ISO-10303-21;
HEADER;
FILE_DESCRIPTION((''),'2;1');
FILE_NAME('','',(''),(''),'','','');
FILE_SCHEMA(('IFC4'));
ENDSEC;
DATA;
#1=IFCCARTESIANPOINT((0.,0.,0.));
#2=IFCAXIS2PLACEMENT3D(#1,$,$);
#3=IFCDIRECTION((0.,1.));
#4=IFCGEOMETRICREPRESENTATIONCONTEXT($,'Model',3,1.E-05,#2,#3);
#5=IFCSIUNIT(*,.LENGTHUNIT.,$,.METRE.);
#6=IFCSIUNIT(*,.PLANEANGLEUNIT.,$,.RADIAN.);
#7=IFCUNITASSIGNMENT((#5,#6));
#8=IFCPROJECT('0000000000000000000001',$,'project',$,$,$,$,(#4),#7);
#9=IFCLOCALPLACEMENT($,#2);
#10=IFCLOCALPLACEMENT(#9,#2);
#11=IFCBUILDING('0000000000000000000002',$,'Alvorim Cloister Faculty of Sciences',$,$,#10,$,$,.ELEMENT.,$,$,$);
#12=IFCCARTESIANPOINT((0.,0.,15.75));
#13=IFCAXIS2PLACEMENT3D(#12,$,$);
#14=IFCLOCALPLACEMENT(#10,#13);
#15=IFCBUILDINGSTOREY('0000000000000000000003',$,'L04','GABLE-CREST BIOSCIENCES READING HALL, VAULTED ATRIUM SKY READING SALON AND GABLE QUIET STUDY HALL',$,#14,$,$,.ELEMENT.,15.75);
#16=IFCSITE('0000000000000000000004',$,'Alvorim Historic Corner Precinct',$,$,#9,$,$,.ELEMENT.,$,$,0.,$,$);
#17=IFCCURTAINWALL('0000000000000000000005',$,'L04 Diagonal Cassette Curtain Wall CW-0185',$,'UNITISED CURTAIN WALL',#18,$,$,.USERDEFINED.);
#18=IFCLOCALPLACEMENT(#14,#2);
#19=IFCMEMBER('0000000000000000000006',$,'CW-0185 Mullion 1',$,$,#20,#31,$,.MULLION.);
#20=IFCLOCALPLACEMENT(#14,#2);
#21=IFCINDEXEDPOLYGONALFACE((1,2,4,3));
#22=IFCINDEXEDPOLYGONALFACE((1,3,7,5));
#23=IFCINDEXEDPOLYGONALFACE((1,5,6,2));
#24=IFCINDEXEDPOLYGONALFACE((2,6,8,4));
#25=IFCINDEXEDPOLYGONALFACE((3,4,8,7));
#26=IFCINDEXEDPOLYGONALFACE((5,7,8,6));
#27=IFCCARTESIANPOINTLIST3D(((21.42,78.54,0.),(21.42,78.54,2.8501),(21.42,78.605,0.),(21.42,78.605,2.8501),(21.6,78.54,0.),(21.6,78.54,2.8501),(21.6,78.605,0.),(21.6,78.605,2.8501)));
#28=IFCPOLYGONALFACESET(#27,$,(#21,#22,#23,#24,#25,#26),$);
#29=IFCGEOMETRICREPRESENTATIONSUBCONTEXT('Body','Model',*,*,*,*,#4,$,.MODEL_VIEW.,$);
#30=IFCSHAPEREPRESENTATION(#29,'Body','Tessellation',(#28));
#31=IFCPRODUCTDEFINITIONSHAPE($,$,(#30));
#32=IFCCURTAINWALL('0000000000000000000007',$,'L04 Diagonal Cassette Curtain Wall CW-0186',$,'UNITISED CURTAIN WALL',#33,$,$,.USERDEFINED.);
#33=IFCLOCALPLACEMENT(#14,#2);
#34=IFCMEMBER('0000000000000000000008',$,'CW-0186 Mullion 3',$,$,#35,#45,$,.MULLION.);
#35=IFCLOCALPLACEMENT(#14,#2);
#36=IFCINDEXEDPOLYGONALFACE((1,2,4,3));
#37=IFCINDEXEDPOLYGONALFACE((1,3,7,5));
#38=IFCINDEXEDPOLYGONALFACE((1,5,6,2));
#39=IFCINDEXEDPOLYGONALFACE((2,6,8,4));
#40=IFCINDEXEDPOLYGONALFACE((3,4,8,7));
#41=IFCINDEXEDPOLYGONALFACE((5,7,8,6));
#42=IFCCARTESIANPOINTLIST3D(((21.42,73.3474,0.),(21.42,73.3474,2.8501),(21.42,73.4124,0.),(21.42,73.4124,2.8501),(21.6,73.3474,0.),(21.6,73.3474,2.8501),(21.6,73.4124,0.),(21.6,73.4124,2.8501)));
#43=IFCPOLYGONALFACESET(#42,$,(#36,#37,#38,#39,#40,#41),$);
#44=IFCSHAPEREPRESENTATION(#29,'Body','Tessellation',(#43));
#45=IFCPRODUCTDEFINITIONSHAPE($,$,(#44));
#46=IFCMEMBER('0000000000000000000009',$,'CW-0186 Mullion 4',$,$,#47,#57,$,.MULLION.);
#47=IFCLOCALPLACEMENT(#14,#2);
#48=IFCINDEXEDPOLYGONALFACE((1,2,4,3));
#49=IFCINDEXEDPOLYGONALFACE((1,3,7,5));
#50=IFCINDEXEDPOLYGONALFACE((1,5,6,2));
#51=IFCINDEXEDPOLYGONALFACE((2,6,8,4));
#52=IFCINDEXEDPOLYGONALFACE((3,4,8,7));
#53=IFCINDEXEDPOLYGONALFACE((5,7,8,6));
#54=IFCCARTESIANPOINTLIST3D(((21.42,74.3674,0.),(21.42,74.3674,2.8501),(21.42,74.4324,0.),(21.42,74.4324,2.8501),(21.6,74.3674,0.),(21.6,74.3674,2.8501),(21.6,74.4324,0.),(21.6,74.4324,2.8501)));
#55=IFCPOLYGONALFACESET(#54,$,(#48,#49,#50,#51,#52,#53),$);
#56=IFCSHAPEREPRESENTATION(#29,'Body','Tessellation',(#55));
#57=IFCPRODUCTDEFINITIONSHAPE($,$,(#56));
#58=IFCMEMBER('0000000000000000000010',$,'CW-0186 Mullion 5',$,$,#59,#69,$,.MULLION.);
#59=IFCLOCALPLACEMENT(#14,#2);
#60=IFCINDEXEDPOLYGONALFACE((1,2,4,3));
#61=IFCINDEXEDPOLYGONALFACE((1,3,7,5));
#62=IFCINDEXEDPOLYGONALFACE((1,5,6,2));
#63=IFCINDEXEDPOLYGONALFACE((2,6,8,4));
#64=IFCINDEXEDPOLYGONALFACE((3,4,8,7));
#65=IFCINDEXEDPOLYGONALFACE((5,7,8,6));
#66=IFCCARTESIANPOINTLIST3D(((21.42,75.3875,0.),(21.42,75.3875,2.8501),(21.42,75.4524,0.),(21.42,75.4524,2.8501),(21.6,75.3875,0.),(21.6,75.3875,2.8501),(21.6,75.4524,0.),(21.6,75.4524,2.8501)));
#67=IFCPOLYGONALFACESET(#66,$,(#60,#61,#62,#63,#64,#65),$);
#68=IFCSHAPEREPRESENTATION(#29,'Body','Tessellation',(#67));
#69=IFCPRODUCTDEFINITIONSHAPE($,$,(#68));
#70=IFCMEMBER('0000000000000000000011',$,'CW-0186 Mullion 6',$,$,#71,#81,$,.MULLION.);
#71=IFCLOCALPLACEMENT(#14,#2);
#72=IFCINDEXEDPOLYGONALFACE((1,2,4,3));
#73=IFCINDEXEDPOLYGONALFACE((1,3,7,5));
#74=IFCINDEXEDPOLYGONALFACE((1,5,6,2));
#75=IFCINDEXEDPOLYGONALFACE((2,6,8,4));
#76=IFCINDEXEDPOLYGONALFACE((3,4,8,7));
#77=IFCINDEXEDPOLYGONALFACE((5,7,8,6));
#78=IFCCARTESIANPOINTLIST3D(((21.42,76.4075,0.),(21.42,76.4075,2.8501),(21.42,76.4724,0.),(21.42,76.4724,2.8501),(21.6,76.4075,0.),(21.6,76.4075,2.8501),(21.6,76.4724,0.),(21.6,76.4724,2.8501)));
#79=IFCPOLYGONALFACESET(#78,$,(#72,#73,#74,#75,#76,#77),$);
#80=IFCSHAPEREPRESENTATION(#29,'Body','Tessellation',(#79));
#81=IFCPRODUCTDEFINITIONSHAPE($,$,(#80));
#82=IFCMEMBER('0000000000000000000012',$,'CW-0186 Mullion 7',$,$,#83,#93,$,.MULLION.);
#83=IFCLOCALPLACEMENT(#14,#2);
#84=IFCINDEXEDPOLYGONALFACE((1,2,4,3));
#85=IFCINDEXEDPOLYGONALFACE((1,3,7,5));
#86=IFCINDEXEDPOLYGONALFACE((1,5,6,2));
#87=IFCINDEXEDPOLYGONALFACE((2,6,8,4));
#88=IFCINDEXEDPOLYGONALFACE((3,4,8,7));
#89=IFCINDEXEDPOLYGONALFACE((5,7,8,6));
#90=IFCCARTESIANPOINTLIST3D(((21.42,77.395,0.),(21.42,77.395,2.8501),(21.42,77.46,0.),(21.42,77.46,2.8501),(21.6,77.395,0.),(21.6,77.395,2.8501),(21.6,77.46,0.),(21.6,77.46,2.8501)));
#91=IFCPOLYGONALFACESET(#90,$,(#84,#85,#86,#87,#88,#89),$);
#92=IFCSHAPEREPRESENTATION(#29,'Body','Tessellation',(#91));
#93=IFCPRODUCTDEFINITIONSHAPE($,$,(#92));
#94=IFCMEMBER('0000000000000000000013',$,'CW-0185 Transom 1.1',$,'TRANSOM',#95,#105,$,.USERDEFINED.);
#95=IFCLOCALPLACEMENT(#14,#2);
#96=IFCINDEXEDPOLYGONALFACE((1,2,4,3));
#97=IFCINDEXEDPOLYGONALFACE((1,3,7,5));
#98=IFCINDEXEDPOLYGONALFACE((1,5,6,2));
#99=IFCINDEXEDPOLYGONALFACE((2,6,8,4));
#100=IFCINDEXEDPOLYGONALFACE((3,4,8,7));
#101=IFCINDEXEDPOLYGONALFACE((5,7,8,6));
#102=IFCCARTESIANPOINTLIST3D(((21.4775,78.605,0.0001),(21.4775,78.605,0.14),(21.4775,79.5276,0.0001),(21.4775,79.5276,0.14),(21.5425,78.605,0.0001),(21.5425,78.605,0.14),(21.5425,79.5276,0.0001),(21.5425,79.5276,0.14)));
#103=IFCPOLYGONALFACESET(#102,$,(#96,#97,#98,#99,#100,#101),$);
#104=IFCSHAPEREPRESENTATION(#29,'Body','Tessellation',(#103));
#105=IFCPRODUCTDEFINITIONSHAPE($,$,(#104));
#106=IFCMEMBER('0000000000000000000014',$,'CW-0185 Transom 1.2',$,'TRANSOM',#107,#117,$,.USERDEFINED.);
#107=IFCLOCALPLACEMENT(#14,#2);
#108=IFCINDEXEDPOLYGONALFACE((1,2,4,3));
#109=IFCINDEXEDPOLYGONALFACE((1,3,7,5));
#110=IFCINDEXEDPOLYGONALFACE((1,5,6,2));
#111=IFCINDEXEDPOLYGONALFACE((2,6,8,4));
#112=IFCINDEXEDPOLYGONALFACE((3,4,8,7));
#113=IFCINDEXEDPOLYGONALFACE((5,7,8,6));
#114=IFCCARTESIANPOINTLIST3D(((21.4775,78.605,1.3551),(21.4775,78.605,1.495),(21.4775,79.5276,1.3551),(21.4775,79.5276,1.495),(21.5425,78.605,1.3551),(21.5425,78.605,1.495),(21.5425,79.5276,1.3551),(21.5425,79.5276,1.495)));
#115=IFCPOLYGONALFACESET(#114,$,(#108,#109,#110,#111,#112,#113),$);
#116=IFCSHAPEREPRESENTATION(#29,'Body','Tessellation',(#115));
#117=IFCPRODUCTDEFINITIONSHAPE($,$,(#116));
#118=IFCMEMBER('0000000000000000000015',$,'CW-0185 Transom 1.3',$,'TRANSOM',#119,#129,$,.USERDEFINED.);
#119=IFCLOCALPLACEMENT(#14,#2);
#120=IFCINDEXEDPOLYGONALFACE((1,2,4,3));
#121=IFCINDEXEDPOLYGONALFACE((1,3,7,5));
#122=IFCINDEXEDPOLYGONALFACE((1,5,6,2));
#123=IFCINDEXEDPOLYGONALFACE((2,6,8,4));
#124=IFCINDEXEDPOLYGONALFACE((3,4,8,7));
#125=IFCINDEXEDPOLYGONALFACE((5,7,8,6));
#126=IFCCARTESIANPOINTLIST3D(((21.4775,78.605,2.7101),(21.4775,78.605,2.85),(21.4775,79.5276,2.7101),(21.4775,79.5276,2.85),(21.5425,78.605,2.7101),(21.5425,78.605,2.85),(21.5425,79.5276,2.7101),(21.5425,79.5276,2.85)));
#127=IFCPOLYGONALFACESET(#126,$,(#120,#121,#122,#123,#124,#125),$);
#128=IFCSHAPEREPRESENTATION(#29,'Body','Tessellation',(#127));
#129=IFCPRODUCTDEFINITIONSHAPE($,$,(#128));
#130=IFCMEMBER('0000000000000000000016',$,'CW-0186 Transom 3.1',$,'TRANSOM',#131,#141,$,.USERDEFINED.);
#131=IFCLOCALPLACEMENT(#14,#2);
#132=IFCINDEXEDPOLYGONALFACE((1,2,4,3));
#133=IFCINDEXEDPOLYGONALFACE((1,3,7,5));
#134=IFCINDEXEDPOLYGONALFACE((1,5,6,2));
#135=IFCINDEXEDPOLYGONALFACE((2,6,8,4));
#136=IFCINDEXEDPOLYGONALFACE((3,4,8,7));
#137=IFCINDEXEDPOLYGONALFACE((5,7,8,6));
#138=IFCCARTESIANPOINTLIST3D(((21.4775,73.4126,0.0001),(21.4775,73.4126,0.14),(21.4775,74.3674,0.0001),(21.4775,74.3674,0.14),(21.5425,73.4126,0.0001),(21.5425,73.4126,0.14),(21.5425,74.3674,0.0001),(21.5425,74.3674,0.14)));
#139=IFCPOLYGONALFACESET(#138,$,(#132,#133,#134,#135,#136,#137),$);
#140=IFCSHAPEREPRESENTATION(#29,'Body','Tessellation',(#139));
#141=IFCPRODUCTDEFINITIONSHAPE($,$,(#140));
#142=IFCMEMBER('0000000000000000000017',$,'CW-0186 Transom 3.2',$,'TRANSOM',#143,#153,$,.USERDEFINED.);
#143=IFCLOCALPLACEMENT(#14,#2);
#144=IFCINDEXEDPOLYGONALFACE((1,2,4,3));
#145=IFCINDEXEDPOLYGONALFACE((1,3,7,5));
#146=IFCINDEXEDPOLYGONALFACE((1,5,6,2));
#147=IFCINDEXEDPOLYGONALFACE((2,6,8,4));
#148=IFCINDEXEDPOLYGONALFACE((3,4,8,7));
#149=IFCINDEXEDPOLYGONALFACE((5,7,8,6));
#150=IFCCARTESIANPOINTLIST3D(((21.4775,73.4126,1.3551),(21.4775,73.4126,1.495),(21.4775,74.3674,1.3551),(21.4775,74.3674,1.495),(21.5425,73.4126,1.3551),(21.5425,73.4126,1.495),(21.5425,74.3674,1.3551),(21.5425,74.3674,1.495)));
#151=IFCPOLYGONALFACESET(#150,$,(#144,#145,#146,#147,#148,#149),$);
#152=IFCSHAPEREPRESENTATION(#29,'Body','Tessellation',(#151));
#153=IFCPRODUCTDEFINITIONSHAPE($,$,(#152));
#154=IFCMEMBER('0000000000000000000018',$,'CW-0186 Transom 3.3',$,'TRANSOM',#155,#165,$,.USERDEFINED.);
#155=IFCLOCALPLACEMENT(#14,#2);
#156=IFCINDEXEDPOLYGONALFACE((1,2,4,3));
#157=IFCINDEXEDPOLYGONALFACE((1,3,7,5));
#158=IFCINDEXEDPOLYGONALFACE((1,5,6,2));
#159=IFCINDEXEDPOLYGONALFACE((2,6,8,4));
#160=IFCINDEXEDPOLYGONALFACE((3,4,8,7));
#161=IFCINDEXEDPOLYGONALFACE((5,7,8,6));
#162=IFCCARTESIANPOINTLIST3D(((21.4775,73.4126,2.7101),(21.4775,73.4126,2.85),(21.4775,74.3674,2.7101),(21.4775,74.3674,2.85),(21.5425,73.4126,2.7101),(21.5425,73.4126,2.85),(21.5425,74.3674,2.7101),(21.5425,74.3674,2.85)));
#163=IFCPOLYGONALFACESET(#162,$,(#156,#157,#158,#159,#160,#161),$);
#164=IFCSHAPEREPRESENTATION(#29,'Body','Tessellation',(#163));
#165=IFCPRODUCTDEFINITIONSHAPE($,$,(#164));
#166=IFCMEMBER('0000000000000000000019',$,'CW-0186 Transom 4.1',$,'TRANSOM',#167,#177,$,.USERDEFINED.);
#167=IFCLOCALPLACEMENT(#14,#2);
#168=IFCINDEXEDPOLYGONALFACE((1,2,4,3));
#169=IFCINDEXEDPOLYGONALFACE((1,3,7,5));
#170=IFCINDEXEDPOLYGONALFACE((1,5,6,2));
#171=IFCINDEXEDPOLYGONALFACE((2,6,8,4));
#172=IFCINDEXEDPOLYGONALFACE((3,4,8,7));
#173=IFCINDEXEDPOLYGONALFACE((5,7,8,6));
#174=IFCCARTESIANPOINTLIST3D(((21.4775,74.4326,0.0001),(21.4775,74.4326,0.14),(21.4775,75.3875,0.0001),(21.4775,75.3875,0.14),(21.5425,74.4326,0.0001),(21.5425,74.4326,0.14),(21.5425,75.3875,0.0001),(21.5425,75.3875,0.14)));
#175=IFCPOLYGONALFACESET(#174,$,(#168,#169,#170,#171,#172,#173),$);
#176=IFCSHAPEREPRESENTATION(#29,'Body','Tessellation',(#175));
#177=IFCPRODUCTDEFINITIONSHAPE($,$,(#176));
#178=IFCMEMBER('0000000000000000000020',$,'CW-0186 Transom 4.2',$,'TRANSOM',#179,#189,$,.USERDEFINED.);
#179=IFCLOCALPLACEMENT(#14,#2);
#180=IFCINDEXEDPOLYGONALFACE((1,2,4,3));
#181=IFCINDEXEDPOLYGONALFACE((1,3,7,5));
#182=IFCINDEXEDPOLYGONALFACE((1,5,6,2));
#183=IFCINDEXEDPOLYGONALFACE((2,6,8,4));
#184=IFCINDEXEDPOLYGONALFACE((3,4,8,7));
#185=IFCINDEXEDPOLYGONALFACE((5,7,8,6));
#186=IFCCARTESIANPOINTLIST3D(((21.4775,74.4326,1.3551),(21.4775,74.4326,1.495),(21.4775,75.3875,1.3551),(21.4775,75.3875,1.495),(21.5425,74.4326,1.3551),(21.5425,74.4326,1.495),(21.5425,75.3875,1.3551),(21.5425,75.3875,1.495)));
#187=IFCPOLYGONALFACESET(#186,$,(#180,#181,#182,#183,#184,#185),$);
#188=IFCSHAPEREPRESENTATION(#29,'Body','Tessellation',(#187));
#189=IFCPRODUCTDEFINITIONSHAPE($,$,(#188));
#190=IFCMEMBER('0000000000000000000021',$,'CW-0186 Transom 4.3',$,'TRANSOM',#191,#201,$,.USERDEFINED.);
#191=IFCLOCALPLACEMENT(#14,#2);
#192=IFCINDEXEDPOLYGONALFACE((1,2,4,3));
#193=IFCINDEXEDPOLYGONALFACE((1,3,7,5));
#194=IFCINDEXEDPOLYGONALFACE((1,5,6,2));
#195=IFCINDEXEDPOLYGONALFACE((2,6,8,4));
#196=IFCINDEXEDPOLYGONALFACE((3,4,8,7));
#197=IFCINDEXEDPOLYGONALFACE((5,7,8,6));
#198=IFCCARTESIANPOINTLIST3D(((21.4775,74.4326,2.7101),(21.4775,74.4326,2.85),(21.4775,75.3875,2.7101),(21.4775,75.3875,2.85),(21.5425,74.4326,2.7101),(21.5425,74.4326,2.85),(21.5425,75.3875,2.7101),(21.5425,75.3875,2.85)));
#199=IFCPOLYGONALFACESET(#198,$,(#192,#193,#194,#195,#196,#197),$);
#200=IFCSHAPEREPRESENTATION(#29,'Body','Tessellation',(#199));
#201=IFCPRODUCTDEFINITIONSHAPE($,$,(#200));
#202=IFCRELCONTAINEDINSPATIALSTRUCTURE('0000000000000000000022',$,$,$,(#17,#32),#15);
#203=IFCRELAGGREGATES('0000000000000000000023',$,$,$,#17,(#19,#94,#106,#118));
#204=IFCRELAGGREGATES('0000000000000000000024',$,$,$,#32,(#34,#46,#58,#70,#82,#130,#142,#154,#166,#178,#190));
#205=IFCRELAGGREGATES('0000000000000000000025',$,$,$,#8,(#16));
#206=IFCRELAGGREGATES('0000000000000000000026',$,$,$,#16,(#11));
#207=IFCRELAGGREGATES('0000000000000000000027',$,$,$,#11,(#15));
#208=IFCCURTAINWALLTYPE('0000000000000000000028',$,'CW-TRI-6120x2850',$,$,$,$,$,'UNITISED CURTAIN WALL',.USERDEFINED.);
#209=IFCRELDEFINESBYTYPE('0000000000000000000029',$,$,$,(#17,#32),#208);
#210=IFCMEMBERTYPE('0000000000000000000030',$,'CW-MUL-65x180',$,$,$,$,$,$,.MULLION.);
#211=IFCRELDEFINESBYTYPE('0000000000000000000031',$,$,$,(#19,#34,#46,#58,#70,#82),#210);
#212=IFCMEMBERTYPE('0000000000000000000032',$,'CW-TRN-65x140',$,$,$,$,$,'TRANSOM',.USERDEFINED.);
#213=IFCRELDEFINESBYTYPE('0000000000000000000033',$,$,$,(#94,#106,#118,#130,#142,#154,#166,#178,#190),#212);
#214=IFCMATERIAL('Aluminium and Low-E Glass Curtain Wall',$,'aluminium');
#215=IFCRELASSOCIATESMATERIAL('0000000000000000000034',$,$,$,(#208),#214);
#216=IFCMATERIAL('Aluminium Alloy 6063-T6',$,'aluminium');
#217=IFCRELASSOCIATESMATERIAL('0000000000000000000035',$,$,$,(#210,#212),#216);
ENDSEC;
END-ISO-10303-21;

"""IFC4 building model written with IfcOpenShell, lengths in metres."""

from ifc_helpers import new_model, si_unit, direction, frame, origin, origin_2d, place, context, subcontext, project, spatial, rectangle, extrude, material, material_profile, profile_set, type_object, element, aggregate, save


model = new_model("IFC4")

# Units and contexts
model_context = context("Model", 3, precision=1e-05, world=origin(), true_north=direction((0.0, 1.0)))
body_context = subcontext(model_context, "Body", "Model", "MODEL_VIEW")
ifc_project = project(units=[si_unit("LENGTHUNIT", "METRE"), si_unit("PLANEANGLEUNIT", "RADIAN")], contexts=[model_context])

# Site, building, storey
site_placement = place(None, origin())
site = spatial("IfcSite", under=ifc_project, at=site_placement, Name="Alvorim Historic Corner Precinct", CompositionType="ELEMENT", RefElevation=0.0)
building_placement = place(site_placement, origin())
building = spatial("IfcBuilding", under=site, at=building_placement, Name="Alvorim Cloister Faculty of Sciences", CompositionType="ELEMENT")
storey_placement = place(building_placement, frame((0.0, 0.0, 15.75)))
storey = spatial("IfcBuildingStorey", under=building, at=storey_placement, Name="L04", Description="GABLE-CREST BIOSCIENCES READING HALL, VAULTED ATRIUM SKY READING SALON AND GABLE QUIET STUDY HALL", CompositionType="ELEMENT", Elevation=15.75)

# Curtain wall, member
ifc_material_1 = material(Name="Aluminium and Low-E Glass Curtain Wall", Category="aluminium")
curtain_wall_type = type_object("IfcCurtainWallType", Name="CW-TRI-6120x2850", ElementType="UNITISED CURTAIN WALL", PredefinedType="USERDEFINED", material=ifc_material_1)
curtain_wall_1_placement = place(storey_placement, origin())
curtain_wall_1 = element("IfcCurtainWall", 1, at=curtain_wall_1_placement, inside=storey, type_object=curtain_wall_type, Name="L04 Diagonal Cassette Curtain Wall CW-0185", ObjectType="UNITISED CURTAIN WALL", PredefinedType="USERDEFINED")
ifc_material_2 = material(Name="Aluminium Alloy 6063-T6", Category="aluminium")
ifc_material_profile_1 = material_profile(ifc_material_2, rectangle(XDim=0.0649, YDim=0.1799, at=origin_2d()), Name="ALU-MUL-65x180")
ifc_profile_set_1 = profile_set([ifc_material_profile_1], Name="Aluminium Alloy 6063-T6")
member_type_1 = type_object("IfcMemberType", Name="CW-MUL-65x180", PredefinedType="MULLION", material=ifc_profile_set_1)
member_1_placement = place(storey_placement, frame((21.51, 78.5725, 0.0), z_axis=(0.0, 0.0, 1.0), x_axis=(0.0, 1.0, 0.0)))
member_1 = element("IfcMember", 2, at=member_1_placement, type_object=member_type_1, Name="CW-0185 Mullion 1", PredefinedType="MULLION", context=body_context, shape_type="SweptSolid", body=[
    extrude(rectangle(XDim=0.0649, YDim=0.1799, at=origin_2d()), origin(), (0.0, 0.0, 1.0), 2.8501),
])

# Curtain wall, members
curtain_wall_2_placement = place(storey_placement, origin())
curtain_wall_2 = element("IfcCurtainWall", 3, at=curtain_wall_2_placement, inside=storey, type_object=curtain_wall_type, Name="L04 Diagonal Cassette Curtain Wall CW-0186", ObjectType="UNITISED CURTAIN WALL", PredefinedType="USERDEFINED")
member_2_placement = place(storey_placement, frame((21.51, 73.3799, 0.0), z_axis=(0.0, 0.0, 1.0), x_axis=(0.0, 1.0, 0.0)))
member_2 = element("IfcMember", 4, at=member_2_placement, type_object=member_type_1, Name="CW-0186 Mullion 3", PredefinedType="MULLION", context=body_context, shape_type="SweptSolid", body=[
    extrude(rectangle(XDim=0.0649, YDim=0.1799, at=origin_2d()), origin(), (0.0, 0.0, 1.0), 2.8501),
])
member_3_placement = place(storey_placement, frame((21.51, 74.3999, 0.0), z_axis=(0.0, 0.0, 1.0), x_axis=(0.0, 1.0, 0.0)))
member_3 = element("IfcMember", 5, at=member_3_placement, type_object=member_type_1, Name="CW-0186 Mullion 4", PredefinedType="MULLION", context=body_context, shape_type="SweptSolid", body=[
    extrude(rectangle(XDim=0.0649, YDim=0.1799, at=origin_2d()), origin(), (0.0, 0.0, 1.0), 2.8501),
])
member_4_placement = place(storey_placement, frame((21.51, 75.4199, 0.0), z_axis=(0.0, 0.0, 1.0), x_axis=(0.0, 1.0, 0.0)))
member_4 = element("IfcMember", 6, at=member_4_placement, type_object=member_type_1, Name="CW-0186 Mullion 5", PredefinedType="MULLION", context=body_context, shape_type="SweptSolid", body=[
    extrude(rectangle(XDim=0.0649, YDim=0.1799, at=origin_2d()), origin(), (0.0, 0.0, 1.0), 2.8501),
])
member_5_placement = place(storey_placement, frame((21.51, 76.4399, 0.0), z_axis=(0.0, 0.0, 1.0), x_axis=(0.0, 1.0, 0.0)))
member_5 = element("IfcMember", 7, at=member_5_placement, type_object=member_type_1, Name="CW-0186 Mullion 6", PredefinedType="MULLION", context=body_context, shape_type="SweptSolid", body=[
    extrude(rectangle(XDim=0.0649, YDim=0.1799, at=origin_2d()), origin(), (0.0, 0.0, 1.0), 2.8501),
])
member_6_placement = place(storey_placement, frame((21.51, 77.4275, 0.0), z_axis=(0.0, 0.0, 1.0), x_axis=(0.0, 1.0, 0.0)))
member_6 = element("IfcMember", 8, at=member_6_placement, type_object=member_type_1, Name="CW-0186 Mullion 7", PredefinedType="MULLION", context=body_context, shape_type="SweptSolid", body=[
    extrude(rectangle(XDim=0.0649, YDim=0.1799, at=origin_2d()), origin(), (0.0, 0.0, 1.0), 2.8501),
])

# Members
ifc_material_profile_2 = material_profile(ifc_material_2, rectangle(XDim=0.0649, YDim=0.1399, at=origin_2d()), Name="ALU-TRN-65x140")
ifc_profile_set_2 = profile_set([ifc_material_profile_2], Name="Aluminium Alloy 6063-T6")
member_type_2 = type_object("IfcMemberType", Name="CW-TRN-65x140", ElementType="TRANSOM", PredefinedType="USERDEFINED", material=ifc_profile_set_2)
member_7_placement = place(storey_placement, frame((21.51, 78.605, 0.0701), z_axis=(0.0, 1.0, 0.0), x_axis=(-1.0, 0.0, 0.0)))
member_7 = element("IfcMember", 9, at=member_7_placement, type_object=member_type_2, Name="CW-0185 Transom 1.1", ObjectType="TRANSOM", PredefinedType="USERDEFINED", context=body_context, shape_type="SweptSolid", body=[
    extrude(rectangle(XDim=0.0649, YDim=0.1399, at=origin_2d()), origin(), (0.0, 0.0, 1.0), 0.9226),
])
member_8_placement = place(storey_placement, frame((21.51, 78.605, 1.425), z_axis=(0.0, 1.0, 0.0), x_axis=(-1.0, 0.0, 0.0)))
member_8 = element("IfcMember", 10, at=member_8_placement, type_object=member_type_2, Name="CW-0185 Transom 1.2", ObjectType="TRANSOM", PredefinedType="USERDEFINED", context=body_context, shape_type="SweptSolid", body=[
    extrude(rectangle(XDim=0.0649, YDim=0.1399, at=origin_2d()), origin(), (0.0, 0.0, 1.0), 0.9226),
])
member_9_placement = place(storey_placement, frame((21.51, 78.605, 2.78), z_axis=(0.0, 1.0, 0.0), x_axis=(-1.0, 0.0, 0.0)))
member_9 = element("IfcMember", 11, at=member_9_placement, type_object=member_type_2, Name="CW-0185 Transom 1.3", ObjectType="TRANSOM", PredefinedType="USERDEFINED", context=body_context, shape_type="SweptSolid", body=[
    extrude(rectangle(XDim=0.0649, YDim=0.1399, at=origin_2d()), origin(), (0.0, 0.0, 1.0), 0.9226),
])
aggregate(curtain_wall_1, [member_1, member_7, member_8, member_9])
member_10_placement = place(storey_placement, frame((21.51, 73.4126, 0.0701), z_axis=(0.0, 1.0, 0.0), x_axis=(-1.0, 0.0, 0.0)))
member_10 = element("IfcMember", 12, at=member_10_placement, type_object=member_type_2, Name="CW-0186 Transom 3.1", ObjectType="TRANSOM", PredefinedType="USERDEFINED", context=body_context, shape_type="SweptSolid", body=[
    extrude(rectangle(XDim=0.0649, YDim=0.1399, at=origin_2d()), origin(), (0.0, 0.0, 1.0), 0.9548),
])
member_11_placement = place(storey_placement, frame((21.51, 73.4126, 1.425), z_axis=(0.0, 1.0, 0.0), x_axis=(-1.0, 0.0, 0.0)))
member_11 = element("IfcMember", 13, at=member_11_placement, type_object=member_type_2, Name="CW-0186 Transom 3.2", ObjectType="TRANSOM", PredefinedType="USERDEFINED", context=body_context, shape_type="SweptSolid", body=[
    extrude(rectangle(XDim=0.0649, YDim=0.1399, at=origin_2d()), origin(), (0.0, 0.0, 1.0), 0.9548),
])
member_12_placement = place(storey_placement, frame((21.51, 73.4126, 2.78), z_axis=(0.0, 1.0, 0.0), x_axis=(-1.0, 0.0, 0.0)))
member_12 = element("IfcMember", 14, at=member_12_placement, type_object=member_type_2, Name="CW-0186 Transom 3.3", ObjectType="TRANSOM", PredefinedType="USERDEFINED", context=body_context, shape_type="SweptSolid", body=[
    extrude(rectangle(XDim=0.0649, YDim=0.1399, at=origin_2d()), origin(), (0.0, 0.0, 1.0), 0.9548),
])
member_13_placement = place(storey_placement, frame((21.51, 74.4326, 0.0701), z_axis=(0.0, 1.0, 0.0), x_axis=(-1.0, 0.0, 0.0)))
member_13 = element("IfcMember", 15, at=member_13_placement, type_object=member_type_2, Name="CW-0186 Transom 4.1", ObjectType="TRANSOM", PredefinedType="USERDEFINED", context=body_context, shape_type="SweptSolid", body=[
    extrude(rectangle(XDim=0.0649, YDim=0.1399, at=origin_2d()), origin(), (0.0, 0.0, 1.0), 0.9548),
])
member_14_placement = place(storey_placement, frame((21.51, 74.4326, 1.425), z_axis=(0.0, 1.0, 0.0), x_axis=(-1.0, 0.0, 0.0)))
member_14 = element("IfcMember", 16, at=member_14_placement, type_object=member_type_2, Name="CW-0186 Transom 4.2", ObjectType="TRANSOM", PredefinedType="USERDEFINED", context=body_context, shape_type="SweptSolid", body=[
    extrude(rectangle(XDim=0.0649, YDim=0.1399, at=origin_2d()), origin(), (0.0, 0.0, 1.0), 0.9548),
])
member_15_placement = place(storey_placement, frame((21.51, 74.4326, 2.78), z_axis=(0.0, 1.0, 0.0), x_axis=(-1.0, 0.0, 0.0)))
member_15 = element("IfcMember", 17, at=member_15_placement, type_object=member_type_2, Name="CW-0186 Transom 4.3", ObjectType="TRANSOM", PredefinedType="USERDEFINED", context=body_context, shape_type="SweptSolid", body=[
    extrude(rectangle(XDim=0.0649, YDim=0.1399, at=origin_2d()), origin(), (0.0, 0.0, 1.0), 0.9548),
])
aggregate(curtain_wall_2, [member_2, member_3, member_4, member_5, member_6, member_10, member_11, member_12, member_13, member_14, member_15])

save(model, "model.ifc")
